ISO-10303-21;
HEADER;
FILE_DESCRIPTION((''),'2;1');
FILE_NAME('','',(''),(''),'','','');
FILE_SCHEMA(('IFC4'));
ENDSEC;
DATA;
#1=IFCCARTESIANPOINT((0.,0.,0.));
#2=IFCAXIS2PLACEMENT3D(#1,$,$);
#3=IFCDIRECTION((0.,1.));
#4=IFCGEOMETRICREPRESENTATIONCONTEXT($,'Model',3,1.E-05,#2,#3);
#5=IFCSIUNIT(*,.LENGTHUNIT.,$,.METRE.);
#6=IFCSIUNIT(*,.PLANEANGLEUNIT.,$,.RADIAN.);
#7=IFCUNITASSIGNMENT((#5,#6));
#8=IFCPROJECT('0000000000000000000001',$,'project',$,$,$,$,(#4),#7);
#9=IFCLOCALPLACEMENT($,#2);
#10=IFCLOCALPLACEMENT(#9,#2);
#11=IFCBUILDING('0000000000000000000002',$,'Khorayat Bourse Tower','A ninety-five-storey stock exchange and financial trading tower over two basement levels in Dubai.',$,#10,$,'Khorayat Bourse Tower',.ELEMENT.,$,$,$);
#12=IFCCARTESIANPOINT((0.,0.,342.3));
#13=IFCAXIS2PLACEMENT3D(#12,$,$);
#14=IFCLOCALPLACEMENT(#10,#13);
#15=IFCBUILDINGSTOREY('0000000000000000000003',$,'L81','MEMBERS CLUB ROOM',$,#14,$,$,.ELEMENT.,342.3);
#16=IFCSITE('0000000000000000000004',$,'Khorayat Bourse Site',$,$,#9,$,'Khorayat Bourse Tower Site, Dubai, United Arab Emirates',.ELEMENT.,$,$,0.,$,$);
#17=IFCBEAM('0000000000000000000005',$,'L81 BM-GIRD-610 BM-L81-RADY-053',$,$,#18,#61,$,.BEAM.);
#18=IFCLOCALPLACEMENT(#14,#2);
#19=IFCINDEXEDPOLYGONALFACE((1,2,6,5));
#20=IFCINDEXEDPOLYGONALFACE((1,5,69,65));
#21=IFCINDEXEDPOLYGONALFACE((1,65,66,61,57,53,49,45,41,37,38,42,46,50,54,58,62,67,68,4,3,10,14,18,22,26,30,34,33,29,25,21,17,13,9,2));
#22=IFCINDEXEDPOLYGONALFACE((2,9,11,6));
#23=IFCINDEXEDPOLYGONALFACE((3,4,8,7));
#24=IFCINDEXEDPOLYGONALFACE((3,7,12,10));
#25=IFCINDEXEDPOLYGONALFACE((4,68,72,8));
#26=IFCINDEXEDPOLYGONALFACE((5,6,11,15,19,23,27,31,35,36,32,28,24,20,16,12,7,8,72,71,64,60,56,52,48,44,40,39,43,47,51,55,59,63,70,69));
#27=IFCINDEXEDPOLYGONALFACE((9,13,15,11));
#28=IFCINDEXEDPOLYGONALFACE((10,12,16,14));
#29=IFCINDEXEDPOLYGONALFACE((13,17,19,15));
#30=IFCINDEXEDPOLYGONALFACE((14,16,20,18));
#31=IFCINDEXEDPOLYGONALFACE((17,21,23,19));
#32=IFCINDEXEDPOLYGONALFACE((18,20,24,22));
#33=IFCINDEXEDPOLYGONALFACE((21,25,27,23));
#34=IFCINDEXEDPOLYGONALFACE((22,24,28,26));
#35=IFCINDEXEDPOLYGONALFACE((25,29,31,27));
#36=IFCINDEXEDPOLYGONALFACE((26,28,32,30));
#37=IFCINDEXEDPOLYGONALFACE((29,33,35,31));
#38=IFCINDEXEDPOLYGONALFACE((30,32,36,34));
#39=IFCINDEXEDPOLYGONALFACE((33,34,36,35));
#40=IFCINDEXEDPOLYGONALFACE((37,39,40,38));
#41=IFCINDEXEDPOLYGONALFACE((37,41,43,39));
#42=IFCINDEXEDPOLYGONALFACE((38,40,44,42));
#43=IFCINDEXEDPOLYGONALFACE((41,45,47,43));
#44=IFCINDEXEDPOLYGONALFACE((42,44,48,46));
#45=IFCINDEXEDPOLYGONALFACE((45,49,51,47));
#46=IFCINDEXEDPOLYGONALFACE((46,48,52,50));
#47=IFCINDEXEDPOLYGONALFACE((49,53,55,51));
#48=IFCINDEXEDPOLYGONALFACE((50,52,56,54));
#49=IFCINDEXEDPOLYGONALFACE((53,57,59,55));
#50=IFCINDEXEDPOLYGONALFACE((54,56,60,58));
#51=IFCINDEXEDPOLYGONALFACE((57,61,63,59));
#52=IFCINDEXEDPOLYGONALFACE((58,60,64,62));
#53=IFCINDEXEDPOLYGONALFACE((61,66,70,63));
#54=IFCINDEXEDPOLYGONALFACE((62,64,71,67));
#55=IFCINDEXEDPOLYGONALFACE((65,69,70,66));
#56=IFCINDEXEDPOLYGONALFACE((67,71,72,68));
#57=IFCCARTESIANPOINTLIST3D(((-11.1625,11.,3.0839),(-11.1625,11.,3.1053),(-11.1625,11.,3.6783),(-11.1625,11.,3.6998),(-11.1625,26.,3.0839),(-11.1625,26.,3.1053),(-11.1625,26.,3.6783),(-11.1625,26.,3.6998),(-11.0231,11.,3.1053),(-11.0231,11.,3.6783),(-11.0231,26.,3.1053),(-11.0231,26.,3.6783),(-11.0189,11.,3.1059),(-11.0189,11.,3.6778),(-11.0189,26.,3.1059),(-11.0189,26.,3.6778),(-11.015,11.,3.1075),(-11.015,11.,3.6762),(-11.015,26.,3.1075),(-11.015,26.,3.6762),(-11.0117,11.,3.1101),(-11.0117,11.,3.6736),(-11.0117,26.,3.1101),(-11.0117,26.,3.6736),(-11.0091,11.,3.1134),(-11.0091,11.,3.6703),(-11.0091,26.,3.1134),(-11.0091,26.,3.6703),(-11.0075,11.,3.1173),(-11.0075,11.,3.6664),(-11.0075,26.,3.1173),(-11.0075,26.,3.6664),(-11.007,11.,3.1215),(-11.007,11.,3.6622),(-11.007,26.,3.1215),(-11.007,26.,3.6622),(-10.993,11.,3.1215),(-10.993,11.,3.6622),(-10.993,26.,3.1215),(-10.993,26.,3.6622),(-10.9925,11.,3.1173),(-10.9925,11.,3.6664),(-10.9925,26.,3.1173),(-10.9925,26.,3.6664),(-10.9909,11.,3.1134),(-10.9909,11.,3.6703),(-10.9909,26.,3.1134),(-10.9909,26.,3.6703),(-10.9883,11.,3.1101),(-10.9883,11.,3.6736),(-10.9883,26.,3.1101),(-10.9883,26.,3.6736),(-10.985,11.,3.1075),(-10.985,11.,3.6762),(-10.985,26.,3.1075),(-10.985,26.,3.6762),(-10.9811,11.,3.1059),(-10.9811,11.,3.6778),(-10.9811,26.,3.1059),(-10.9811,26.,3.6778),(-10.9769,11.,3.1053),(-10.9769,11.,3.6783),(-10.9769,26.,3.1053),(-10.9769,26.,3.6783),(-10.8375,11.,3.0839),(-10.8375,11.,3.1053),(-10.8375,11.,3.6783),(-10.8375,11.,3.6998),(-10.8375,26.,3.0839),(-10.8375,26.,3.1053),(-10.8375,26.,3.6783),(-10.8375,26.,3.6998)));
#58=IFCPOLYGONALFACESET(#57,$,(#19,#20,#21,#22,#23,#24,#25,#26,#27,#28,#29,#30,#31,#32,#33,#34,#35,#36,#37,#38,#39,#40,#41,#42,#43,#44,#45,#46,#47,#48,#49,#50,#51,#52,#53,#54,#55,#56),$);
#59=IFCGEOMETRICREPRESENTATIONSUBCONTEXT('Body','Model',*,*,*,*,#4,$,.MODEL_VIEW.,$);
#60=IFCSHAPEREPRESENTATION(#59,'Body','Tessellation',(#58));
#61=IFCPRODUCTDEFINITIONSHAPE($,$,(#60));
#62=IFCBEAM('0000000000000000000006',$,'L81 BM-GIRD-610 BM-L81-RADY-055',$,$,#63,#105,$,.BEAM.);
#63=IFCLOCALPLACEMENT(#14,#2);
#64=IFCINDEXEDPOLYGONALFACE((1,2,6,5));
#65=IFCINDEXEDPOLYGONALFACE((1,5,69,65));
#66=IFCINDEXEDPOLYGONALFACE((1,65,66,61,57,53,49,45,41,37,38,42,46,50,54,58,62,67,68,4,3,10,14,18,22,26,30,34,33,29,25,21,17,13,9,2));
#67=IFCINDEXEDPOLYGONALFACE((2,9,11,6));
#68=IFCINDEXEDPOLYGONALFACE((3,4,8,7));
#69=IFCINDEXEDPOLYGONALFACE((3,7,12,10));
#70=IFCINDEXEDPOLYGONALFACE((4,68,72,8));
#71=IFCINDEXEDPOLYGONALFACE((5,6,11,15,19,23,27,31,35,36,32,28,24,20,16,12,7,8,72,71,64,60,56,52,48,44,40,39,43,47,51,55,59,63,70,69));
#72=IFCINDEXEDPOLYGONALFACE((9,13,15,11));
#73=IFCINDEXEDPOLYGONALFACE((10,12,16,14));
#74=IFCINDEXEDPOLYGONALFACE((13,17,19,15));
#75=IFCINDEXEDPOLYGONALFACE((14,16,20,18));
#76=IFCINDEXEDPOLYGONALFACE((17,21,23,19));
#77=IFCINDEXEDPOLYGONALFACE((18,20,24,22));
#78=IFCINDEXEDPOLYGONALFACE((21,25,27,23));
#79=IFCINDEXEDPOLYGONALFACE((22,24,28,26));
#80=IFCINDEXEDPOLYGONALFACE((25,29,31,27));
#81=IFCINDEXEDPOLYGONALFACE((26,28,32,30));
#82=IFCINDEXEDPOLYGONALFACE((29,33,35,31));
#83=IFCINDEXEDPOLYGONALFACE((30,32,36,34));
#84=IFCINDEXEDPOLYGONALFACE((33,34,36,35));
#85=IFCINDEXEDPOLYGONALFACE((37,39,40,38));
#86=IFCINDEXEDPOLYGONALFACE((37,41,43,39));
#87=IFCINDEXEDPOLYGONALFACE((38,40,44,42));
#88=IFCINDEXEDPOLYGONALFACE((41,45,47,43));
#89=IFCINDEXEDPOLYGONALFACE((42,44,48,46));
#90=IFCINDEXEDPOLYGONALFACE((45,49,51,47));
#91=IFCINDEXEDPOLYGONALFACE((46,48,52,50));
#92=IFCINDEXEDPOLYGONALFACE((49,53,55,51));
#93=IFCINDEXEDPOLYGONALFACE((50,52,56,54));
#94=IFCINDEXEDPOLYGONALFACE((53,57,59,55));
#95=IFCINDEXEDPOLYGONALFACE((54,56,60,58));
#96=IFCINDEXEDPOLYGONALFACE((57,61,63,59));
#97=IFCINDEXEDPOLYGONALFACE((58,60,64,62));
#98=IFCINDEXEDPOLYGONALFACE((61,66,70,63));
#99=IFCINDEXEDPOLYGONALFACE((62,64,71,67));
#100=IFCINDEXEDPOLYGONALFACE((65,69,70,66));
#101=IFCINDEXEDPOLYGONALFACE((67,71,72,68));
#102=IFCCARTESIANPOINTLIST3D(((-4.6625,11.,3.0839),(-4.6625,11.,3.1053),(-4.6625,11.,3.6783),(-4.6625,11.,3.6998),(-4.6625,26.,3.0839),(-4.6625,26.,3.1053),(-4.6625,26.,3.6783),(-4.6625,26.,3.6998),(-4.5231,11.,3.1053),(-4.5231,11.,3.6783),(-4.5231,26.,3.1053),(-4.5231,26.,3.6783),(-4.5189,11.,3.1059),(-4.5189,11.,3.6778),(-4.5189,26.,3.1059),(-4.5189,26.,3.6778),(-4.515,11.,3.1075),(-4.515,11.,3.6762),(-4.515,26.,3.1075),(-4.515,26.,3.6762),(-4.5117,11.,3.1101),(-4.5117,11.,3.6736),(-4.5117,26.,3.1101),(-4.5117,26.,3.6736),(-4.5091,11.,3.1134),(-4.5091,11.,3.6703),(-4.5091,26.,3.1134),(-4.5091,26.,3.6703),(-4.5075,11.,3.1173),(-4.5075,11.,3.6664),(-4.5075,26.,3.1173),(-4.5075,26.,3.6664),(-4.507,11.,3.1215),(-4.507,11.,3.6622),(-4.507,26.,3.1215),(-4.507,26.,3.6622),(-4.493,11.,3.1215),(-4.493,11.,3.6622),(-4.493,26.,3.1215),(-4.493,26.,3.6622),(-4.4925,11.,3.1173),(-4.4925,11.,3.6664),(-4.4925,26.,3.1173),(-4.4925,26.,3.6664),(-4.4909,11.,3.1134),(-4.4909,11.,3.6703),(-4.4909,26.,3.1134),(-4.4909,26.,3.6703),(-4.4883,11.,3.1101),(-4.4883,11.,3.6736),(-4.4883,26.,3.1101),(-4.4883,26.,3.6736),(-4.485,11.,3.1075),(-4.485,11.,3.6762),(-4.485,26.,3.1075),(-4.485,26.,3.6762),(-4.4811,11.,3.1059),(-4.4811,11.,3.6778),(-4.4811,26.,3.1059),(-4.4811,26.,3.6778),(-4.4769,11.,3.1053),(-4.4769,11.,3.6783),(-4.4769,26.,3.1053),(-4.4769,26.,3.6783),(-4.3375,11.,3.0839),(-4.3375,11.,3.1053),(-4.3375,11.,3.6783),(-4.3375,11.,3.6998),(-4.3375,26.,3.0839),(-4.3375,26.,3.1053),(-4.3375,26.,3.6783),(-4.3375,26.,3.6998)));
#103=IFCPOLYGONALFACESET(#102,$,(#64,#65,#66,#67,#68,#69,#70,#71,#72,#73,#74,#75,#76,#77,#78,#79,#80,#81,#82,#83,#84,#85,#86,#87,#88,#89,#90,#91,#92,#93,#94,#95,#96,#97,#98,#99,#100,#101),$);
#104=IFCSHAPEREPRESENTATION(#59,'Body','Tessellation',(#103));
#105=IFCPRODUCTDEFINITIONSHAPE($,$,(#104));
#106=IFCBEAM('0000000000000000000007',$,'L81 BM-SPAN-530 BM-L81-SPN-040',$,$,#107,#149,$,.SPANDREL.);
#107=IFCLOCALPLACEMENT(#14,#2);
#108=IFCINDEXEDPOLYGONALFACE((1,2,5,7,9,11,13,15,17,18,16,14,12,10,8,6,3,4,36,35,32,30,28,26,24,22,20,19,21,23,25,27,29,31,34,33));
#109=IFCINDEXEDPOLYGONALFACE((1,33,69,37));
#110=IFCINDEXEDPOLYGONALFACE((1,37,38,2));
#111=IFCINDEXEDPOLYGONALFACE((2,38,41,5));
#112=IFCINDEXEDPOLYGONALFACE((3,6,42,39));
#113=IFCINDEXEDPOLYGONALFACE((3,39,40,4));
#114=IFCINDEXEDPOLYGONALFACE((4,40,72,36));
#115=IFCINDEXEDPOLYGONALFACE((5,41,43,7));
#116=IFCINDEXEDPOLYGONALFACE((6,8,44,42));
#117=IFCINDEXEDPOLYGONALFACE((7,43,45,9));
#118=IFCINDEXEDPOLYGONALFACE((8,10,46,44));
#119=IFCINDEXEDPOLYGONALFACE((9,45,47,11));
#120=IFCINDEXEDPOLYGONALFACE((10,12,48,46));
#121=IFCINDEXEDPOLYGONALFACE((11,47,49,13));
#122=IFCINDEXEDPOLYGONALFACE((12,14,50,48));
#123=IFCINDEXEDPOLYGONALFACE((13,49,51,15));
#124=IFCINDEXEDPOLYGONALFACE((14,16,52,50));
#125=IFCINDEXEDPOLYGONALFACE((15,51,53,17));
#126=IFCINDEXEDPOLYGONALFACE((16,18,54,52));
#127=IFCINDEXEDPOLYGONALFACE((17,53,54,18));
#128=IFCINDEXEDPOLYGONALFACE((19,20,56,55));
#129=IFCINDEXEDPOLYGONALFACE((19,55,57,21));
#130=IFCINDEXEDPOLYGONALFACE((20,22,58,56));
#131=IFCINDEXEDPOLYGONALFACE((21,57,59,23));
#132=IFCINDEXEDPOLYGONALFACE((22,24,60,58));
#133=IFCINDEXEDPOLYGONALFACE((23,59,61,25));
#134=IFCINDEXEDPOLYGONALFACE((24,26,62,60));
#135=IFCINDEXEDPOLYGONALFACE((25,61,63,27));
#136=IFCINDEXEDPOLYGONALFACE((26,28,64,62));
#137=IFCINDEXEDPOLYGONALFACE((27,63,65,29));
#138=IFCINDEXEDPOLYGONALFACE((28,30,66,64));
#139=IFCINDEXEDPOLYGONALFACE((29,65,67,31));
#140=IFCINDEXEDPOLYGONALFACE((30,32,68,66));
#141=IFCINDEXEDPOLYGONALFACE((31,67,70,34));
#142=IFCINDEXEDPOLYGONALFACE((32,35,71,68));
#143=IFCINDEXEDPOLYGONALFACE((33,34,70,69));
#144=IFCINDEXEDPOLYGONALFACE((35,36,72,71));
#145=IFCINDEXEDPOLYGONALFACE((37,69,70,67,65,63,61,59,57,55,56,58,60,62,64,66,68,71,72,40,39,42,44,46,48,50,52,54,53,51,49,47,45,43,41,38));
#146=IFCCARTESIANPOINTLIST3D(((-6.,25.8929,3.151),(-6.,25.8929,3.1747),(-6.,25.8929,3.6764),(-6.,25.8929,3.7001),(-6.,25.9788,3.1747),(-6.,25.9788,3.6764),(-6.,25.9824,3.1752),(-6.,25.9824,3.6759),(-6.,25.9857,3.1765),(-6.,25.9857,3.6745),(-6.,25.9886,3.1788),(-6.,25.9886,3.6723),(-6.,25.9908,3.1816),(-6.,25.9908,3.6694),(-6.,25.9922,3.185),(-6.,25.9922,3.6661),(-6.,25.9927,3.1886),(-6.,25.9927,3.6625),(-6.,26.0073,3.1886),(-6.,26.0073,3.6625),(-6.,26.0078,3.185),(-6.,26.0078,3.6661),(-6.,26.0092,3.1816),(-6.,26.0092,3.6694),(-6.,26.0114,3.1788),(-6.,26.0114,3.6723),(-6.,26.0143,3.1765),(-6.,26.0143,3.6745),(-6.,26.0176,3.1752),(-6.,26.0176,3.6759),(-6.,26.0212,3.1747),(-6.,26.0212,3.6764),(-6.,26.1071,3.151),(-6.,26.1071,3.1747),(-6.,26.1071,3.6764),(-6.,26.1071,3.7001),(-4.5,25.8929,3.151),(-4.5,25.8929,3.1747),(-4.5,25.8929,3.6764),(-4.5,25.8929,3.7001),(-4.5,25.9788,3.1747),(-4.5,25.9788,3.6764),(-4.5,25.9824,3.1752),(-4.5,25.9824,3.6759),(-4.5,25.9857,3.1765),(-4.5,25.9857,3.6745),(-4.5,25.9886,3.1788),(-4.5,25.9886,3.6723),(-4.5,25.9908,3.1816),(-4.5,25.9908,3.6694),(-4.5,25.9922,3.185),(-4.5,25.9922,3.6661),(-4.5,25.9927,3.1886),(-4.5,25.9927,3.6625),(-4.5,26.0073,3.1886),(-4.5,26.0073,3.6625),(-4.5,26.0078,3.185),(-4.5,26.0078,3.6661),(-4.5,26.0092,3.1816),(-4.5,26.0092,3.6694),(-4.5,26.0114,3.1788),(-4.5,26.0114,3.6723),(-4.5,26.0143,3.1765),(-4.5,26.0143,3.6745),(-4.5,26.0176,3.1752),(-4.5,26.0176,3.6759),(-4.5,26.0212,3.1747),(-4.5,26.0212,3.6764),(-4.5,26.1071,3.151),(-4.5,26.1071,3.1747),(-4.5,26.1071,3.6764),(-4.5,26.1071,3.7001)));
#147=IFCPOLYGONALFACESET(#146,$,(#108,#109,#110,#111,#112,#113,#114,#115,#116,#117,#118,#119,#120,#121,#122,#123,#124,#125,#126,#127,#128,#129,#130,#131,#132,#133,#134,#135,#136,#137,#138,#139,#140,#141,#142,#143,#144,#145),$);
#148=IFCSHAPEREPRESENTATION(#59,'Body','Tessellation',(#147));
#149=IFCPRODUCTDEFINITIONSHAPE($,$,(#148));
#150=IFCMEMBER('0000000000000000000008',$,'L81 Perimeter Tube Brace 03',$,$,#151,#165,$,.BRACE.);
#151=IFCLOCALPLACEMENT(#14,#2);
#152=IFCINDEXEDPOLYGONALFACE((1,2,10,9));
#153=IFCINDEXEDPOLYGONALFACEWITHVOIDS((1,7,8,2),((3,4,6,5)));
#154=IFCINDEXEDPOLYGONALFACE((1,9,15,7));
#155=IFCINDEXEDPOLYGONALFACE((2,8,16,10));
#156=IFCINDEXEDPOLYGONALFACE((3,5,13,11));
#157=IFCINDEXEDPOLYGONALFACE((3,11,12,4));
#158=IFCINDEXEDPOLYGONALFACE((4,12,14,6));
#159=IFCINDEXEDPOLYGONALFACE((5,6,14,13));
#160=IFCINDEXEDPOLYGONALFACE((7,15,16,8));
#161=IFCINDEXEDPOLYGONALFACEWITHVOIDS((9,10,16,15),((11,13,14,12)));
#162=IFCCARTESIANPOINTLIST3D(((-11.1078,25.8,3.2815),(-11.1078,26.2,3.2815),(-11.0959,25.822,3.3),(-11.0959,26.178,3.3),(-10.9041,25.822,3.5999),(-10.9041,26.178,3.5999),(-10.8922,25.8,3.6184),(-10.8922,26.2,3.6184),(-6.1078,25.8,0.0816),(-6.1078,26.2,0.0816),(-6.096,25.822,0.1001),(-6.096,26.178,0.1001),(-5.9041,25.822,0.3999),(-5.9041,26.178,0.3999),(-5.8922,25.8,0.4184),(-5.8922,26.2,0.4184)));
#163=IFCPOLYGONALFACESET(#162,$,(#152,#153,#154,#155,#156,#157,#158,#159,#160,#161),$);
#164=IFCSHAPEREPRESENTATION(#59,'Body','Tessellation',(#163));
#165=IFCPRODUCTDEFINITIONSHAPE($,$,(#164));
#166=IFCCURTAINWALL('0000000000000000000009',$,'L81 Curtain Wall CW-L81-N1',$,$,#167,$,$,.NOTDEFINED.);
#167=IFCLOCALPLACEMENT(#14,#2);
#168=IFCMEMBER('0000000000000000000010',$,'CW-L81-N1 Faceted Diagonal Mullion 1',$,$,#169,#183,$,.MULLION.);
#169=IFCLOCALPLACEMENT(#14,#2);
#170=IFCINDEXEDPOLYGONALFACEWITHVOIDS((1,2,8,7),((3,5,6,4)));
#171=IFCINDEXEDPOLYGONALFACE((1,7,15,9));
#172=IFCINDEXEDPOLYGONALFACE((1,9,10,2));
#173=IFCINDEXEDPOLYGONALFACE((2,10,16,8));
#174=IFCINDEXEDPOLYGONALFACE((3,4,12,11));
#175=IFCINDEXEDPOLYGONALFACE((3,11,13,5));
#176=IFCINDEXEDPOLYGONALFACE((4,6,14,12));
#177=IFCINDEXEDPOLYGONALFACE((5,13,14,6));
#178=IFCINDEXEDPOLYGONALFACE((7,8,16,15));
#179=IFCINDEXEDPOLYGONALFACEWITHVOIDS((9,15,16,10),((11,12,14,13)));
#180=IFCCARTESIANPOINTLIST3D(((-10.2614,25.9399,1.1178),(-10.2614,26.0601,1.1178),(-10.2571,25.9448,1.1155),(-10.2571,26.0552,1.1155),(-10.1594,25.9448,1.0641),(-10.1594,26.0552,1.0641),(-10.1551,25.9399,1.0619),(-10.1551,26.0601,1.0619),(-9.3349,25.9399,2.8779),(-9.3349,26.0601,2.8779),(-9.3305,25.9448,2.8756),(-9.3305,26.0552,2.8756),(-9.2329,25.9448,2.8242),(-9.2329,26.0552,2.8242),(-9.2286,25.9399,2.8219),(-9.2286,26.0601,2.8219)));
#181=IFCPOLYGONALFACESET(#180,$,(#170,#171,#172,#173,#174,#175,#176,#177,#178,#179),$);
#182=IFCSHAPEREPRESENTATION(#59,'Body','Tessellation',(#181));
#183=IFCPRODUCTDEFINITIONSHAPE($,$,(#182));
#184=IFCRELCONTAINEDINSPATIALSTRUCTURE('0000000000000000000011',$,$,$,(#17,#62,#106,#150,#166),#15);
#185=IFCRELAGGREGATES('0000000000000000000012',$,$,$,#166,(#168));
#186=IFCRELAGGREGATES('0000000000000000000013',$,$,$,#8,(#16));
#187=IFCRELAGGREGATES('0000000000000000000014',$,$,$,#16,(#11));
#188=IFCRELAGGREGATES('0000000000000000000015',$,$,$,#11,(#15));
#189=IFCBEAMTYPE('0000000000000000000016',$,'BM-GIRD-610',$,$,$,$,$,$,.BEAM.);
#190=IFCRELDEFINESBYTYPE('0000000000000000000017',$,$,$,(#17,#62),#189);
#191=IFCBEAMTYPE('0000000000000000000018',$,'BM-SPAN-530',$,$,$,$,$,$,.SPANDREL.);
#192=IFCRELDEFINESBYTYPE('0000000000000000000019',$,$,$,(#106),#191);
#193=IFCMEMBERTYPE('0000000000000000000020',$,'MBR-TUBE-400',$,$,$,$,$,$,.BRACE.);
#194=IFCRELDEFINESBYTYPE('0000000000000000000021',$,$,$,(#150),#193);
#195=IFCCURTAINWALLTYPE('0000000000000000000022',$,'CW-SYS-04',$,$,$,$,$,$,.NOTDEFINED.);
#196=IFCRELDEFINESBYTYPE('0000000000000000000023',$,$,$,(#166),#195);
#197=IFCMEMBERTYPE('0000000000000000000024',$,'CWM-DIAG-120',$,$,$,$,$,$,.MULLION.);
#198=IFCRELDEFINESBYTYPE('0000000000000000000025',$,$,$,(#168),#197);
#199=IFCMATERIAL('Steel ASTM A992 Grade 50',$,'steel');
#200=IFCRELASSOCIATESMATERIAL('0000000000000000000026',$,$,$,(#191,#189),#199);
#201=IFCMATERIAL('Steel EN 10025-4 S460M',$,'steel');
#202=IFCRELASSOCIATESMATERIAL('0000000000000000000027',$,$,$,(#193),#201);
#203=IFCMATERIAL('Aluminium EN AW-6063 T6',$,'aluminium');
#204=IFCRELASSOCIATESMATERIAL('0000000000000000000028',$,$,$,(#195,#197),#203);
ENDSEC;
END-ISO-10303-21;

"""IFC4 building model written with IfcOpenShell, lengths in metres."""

from ifc_helpers import new_model, si_unit, direction, frame, origin, origin_2d, place, context, subcontext, project, spatial, hollow_rectangle, i_section, extrude, source, transform, mapped, material, material_profile, profile_set, type_object, element, aggregate, save


model = new_model("IFC4")

# Units and contexts
model_context = context("Model", 3, precision=1e-05, world=origin(), true_north=direction((0.0, 1.0)))
body_context = subcontext(model_context, "Body", "Model", "MODEL_VIEW")
ifc_project = project(units=[si_unit("LENGTHUNIT", "METRE"), si_unit("PLANEANGLEUNIT", "RADIAN")], contexts=[model_context])

# Site, building, storey
site_placement = place(None, origin())
site = spatial("IfcSite", under=ifc_project, at=site_placement, Name="Khorayat Bourse Site", LongName="Khorayat Bourse Tower Site, Dubai, United Arab Emirates", CompositionType="ELEMENT", RefElevation=0.0)
building_placement = place(site_placement, origin())
building = spatial("IfcBuilding", under=site, at=building_placement, Name="Khorayat Bourse Tower", Description="A ninety-five-storey stock exchange and financial trading tower over two basement levels in Dubai.", LongName="Khorayat Bourse Tower", CompositionType="ELEMENT")
storey_placement = place(building_placement, frame((0.0, 0.0, 342.3)))
storey = spatial("IfcBuildingStorey", under=building, at=storey_placement, Name="L81", Description="MEMBERS CLUB ROOM", CompositionType="ELEMENT", Elevation=342.3)

# Beams
ifc_material_1 = material(Name="Steel ASTM A992 Grade 50", Category="steel")
ifc_material_profile_1 = material_profile(ifc_material_1, i_section(OverallWidth=0.2141, OverallDepth=0.5491, WebThickness=0.0146, FlangeThickness=0.0237, FilletRadius=0.0139, at=origin_2d()), Name="W530X138")
ifc_profile_set_1 = profile_set([ifc_material_profile_1], Name="Steel ASTM A992 Grade 50")
beam_type_1 = type_object("IfcBeamType", Name="BM-SPAN-530", PredefinedType="SPANDREL", material=ifc_profile_set_1)
ifc_material_profile_2 = material_profile(ifc_material_1, i_section(OverallWidth=0.325, OverallDepth=0.616, WebThickness=0.0139, FlangeThickness=0.0215, FilletRadius=0.0161, at=origin_2d()), Name="W610X174")
ifc_profile_set_2 = profile_set([ifc_material_profile_2], Name="Steel ASTM A992 Grade 50")
beam_type_2 = type_object("IfcBeamType", Name="BM-GIRD-610", PredefinedType="BEAM", material=ifc_profile_set_2)
shared_shape_1 = source(origin(), body_context, "Body", "SweptSolid", [
    extrude(i_section(OverallWidth=0.325, OverallDepth=0.616, WebThickness=0.0139, FlangeThickness=0.0215, FilletRadius=0.0161, at=origin_2d()), origin(), (0.0, 0.0, 1.0), 15.0),
])
for number, where, z_axis, x_axis, name in (
    (1, (-11.0, 11.0, 3.3918), (0.0, 1.0, 0.0), (-1.0, 0.0, 0.0), "L81 BM-GIRD-610 BM-L81-RADY-053"),
    (2, (-4.5, 11.0, 3.3918), (0.0, 1.0, 0.0), (-1.0, 0.0, 0.0), "L81 BM-GIRD-610 BM-L81-RADY-055"),
):
    element("IfcBeam", number, at=place(storey_placement, frame(where, z_axis=z_axis, x_axis=x_axis)), inside=storey, type_object=beam_type_2, Name=name, PredefinedType="BEAM", context=body_context, shape_type="MappedRepresentation", body=[
        mapped(shared_shape_1, transform((0.0, 0.0, 0.0), scale=1.0)),
    ])
shared_shape_2 = source(origin(), body_context, "Body", "SweptSolid", [
    extrude(i_section(OverallWidth=0.2141, OverallDepth=0.5491, WebThickness=0.0146, FlangeThickness=0.0237, FilletRadius=0.0139, at=origin_2d()), origin(), (0.0, 0.0, 1.0), 1.5),
])
beam_1_placement = place(storey_placement, frame((-6.0, 26.0, 3.4255), z_axis=(1.0, 0.0, 0.0), x_axis=(0.0, 1.0, 0.0)))
element("IfcBeam", 3, at=beam_1_placement, inside=storey, type_object=beam_type_1, Name="L81 BM-SPAN-530 BM-L81-SPN-040", PredefinedType="SPANDREL", context=body_context, shape_type="MappedRepresentation", body=[
    mapped(shared_shape_2, transform((0.0, 0.0, 0.0), scale=1.0)),
])

# Member
ifc_material_2 = material(Name="Steel EN 10025-4 S460M", Category="steel")
ifc_material_profile_3 = material_profile(ifc_material_2, hollow_rectangle(XDim=0.3999, YDim=0.3999, WallThickness=0.022, at=origin_2d()), Name="HSS 400x400x22")
ifc_profile_set_3 = profile_set([ifc_material_profile_3], Name="Steel EN 10025-4 S460M")
member_type_1 = type_object("IfcMemberType", Name="MBR-TUBE-400", PredefinedType="BRACE", material=ifc_profile_set_3)
shared_shape_3 = source(origin(), body_context, "Body", "SweptSolid", [
    extrude(hollow_rectangle(XDim=0.3999, YDim=0.3999, WallThickness=0.022, at=origin_2d()), origin(), (0.0, 0.0, 1.0), 5.9363),
])
member_1_placement = place(storey_placement, frame((-11.0, 26.0, 3.45), z_axis=(0.842275, 0.0, -0.539048), x_axis=(0.0, 1.0, 0.0)))
element("IfcMember", 4, at=member_1_placement, inside=storey, type_object=member_type_1, Name="L81 Perimeter Tube Brace 03", PredefinedType="BRACE", context=body_context, shape_type="MappedRepresentation", body=[
    mapped(shared_shape_3, transform((0.0, 0.0, 0.0), scale=1.0)),
])

# Curtain wall, member
ifc_material_3 = material(Name="Aluminium EN AW-6063 T6", Category="aluminium")
curtain_wall_type = type_object("IfcCurtainWallType", Name="CW-SYS-04", PredefinedType="NOTDEFINED", material=ifc_material_3)
curtain_wall_placement = place(storey_placement, origin())
curtain_wall = element("IfcCurtainWall", 5, at=curtain_wall_placement, inside=storey, type_object=curtain_wall_type, Name="L81 Curtain Wall CW-L81-N1", PredefinedType="NOTDEFINED")
ifc_material_profile_4 = material_profile(ifc_material_3, hollow_rectangle(XDim=0.1201, YDim=0.1201, WallThickness=0.0049, at=origin_2d()), Name="ALU 120x120x5")
ifc_profile_set_4 = profile_set([ifc_material_profile_4], Name="Aluminium EN AW-6063 T6")
member_type_2 = type_object("IfcMemberType", Name="CWM-DIAG-120", PredefinedType="MULLION", material=ifc_profile_set_4)
shared_shape_4 = source(origin(), body_context, "Body", "SweptSolid", [
    extrude(hollow_rectangle(XDim=0.1201, YDim=0.1201, WallThickness=0.0049, at=origin_2d()), origin(), (0.0, 0.0, 1.0), 1.989),
])
member_2_placement = place(storey_placement, frame((-10.2083, 26.0, 1.0898), z_axis=(0.465822, 0.0, 0.884878), x_axis=(0.0, 1.0, 0.0)))
member_2 = element("IfcMember", 6, at=member_2_placement, type_object=member_type_2, Name="CW-L81-N1 Faceted Diagonal Mullion 1", PredefinedType="MULLION", context=body_context, shape_type="MappedRepresentation", body=[
    mapped(shared_shape_4, transform((0.0, 0.0, 0.0), scale=1.0)),
])

aggregate(curtain_wall, [member_2])

save(model, "model.ifc")
